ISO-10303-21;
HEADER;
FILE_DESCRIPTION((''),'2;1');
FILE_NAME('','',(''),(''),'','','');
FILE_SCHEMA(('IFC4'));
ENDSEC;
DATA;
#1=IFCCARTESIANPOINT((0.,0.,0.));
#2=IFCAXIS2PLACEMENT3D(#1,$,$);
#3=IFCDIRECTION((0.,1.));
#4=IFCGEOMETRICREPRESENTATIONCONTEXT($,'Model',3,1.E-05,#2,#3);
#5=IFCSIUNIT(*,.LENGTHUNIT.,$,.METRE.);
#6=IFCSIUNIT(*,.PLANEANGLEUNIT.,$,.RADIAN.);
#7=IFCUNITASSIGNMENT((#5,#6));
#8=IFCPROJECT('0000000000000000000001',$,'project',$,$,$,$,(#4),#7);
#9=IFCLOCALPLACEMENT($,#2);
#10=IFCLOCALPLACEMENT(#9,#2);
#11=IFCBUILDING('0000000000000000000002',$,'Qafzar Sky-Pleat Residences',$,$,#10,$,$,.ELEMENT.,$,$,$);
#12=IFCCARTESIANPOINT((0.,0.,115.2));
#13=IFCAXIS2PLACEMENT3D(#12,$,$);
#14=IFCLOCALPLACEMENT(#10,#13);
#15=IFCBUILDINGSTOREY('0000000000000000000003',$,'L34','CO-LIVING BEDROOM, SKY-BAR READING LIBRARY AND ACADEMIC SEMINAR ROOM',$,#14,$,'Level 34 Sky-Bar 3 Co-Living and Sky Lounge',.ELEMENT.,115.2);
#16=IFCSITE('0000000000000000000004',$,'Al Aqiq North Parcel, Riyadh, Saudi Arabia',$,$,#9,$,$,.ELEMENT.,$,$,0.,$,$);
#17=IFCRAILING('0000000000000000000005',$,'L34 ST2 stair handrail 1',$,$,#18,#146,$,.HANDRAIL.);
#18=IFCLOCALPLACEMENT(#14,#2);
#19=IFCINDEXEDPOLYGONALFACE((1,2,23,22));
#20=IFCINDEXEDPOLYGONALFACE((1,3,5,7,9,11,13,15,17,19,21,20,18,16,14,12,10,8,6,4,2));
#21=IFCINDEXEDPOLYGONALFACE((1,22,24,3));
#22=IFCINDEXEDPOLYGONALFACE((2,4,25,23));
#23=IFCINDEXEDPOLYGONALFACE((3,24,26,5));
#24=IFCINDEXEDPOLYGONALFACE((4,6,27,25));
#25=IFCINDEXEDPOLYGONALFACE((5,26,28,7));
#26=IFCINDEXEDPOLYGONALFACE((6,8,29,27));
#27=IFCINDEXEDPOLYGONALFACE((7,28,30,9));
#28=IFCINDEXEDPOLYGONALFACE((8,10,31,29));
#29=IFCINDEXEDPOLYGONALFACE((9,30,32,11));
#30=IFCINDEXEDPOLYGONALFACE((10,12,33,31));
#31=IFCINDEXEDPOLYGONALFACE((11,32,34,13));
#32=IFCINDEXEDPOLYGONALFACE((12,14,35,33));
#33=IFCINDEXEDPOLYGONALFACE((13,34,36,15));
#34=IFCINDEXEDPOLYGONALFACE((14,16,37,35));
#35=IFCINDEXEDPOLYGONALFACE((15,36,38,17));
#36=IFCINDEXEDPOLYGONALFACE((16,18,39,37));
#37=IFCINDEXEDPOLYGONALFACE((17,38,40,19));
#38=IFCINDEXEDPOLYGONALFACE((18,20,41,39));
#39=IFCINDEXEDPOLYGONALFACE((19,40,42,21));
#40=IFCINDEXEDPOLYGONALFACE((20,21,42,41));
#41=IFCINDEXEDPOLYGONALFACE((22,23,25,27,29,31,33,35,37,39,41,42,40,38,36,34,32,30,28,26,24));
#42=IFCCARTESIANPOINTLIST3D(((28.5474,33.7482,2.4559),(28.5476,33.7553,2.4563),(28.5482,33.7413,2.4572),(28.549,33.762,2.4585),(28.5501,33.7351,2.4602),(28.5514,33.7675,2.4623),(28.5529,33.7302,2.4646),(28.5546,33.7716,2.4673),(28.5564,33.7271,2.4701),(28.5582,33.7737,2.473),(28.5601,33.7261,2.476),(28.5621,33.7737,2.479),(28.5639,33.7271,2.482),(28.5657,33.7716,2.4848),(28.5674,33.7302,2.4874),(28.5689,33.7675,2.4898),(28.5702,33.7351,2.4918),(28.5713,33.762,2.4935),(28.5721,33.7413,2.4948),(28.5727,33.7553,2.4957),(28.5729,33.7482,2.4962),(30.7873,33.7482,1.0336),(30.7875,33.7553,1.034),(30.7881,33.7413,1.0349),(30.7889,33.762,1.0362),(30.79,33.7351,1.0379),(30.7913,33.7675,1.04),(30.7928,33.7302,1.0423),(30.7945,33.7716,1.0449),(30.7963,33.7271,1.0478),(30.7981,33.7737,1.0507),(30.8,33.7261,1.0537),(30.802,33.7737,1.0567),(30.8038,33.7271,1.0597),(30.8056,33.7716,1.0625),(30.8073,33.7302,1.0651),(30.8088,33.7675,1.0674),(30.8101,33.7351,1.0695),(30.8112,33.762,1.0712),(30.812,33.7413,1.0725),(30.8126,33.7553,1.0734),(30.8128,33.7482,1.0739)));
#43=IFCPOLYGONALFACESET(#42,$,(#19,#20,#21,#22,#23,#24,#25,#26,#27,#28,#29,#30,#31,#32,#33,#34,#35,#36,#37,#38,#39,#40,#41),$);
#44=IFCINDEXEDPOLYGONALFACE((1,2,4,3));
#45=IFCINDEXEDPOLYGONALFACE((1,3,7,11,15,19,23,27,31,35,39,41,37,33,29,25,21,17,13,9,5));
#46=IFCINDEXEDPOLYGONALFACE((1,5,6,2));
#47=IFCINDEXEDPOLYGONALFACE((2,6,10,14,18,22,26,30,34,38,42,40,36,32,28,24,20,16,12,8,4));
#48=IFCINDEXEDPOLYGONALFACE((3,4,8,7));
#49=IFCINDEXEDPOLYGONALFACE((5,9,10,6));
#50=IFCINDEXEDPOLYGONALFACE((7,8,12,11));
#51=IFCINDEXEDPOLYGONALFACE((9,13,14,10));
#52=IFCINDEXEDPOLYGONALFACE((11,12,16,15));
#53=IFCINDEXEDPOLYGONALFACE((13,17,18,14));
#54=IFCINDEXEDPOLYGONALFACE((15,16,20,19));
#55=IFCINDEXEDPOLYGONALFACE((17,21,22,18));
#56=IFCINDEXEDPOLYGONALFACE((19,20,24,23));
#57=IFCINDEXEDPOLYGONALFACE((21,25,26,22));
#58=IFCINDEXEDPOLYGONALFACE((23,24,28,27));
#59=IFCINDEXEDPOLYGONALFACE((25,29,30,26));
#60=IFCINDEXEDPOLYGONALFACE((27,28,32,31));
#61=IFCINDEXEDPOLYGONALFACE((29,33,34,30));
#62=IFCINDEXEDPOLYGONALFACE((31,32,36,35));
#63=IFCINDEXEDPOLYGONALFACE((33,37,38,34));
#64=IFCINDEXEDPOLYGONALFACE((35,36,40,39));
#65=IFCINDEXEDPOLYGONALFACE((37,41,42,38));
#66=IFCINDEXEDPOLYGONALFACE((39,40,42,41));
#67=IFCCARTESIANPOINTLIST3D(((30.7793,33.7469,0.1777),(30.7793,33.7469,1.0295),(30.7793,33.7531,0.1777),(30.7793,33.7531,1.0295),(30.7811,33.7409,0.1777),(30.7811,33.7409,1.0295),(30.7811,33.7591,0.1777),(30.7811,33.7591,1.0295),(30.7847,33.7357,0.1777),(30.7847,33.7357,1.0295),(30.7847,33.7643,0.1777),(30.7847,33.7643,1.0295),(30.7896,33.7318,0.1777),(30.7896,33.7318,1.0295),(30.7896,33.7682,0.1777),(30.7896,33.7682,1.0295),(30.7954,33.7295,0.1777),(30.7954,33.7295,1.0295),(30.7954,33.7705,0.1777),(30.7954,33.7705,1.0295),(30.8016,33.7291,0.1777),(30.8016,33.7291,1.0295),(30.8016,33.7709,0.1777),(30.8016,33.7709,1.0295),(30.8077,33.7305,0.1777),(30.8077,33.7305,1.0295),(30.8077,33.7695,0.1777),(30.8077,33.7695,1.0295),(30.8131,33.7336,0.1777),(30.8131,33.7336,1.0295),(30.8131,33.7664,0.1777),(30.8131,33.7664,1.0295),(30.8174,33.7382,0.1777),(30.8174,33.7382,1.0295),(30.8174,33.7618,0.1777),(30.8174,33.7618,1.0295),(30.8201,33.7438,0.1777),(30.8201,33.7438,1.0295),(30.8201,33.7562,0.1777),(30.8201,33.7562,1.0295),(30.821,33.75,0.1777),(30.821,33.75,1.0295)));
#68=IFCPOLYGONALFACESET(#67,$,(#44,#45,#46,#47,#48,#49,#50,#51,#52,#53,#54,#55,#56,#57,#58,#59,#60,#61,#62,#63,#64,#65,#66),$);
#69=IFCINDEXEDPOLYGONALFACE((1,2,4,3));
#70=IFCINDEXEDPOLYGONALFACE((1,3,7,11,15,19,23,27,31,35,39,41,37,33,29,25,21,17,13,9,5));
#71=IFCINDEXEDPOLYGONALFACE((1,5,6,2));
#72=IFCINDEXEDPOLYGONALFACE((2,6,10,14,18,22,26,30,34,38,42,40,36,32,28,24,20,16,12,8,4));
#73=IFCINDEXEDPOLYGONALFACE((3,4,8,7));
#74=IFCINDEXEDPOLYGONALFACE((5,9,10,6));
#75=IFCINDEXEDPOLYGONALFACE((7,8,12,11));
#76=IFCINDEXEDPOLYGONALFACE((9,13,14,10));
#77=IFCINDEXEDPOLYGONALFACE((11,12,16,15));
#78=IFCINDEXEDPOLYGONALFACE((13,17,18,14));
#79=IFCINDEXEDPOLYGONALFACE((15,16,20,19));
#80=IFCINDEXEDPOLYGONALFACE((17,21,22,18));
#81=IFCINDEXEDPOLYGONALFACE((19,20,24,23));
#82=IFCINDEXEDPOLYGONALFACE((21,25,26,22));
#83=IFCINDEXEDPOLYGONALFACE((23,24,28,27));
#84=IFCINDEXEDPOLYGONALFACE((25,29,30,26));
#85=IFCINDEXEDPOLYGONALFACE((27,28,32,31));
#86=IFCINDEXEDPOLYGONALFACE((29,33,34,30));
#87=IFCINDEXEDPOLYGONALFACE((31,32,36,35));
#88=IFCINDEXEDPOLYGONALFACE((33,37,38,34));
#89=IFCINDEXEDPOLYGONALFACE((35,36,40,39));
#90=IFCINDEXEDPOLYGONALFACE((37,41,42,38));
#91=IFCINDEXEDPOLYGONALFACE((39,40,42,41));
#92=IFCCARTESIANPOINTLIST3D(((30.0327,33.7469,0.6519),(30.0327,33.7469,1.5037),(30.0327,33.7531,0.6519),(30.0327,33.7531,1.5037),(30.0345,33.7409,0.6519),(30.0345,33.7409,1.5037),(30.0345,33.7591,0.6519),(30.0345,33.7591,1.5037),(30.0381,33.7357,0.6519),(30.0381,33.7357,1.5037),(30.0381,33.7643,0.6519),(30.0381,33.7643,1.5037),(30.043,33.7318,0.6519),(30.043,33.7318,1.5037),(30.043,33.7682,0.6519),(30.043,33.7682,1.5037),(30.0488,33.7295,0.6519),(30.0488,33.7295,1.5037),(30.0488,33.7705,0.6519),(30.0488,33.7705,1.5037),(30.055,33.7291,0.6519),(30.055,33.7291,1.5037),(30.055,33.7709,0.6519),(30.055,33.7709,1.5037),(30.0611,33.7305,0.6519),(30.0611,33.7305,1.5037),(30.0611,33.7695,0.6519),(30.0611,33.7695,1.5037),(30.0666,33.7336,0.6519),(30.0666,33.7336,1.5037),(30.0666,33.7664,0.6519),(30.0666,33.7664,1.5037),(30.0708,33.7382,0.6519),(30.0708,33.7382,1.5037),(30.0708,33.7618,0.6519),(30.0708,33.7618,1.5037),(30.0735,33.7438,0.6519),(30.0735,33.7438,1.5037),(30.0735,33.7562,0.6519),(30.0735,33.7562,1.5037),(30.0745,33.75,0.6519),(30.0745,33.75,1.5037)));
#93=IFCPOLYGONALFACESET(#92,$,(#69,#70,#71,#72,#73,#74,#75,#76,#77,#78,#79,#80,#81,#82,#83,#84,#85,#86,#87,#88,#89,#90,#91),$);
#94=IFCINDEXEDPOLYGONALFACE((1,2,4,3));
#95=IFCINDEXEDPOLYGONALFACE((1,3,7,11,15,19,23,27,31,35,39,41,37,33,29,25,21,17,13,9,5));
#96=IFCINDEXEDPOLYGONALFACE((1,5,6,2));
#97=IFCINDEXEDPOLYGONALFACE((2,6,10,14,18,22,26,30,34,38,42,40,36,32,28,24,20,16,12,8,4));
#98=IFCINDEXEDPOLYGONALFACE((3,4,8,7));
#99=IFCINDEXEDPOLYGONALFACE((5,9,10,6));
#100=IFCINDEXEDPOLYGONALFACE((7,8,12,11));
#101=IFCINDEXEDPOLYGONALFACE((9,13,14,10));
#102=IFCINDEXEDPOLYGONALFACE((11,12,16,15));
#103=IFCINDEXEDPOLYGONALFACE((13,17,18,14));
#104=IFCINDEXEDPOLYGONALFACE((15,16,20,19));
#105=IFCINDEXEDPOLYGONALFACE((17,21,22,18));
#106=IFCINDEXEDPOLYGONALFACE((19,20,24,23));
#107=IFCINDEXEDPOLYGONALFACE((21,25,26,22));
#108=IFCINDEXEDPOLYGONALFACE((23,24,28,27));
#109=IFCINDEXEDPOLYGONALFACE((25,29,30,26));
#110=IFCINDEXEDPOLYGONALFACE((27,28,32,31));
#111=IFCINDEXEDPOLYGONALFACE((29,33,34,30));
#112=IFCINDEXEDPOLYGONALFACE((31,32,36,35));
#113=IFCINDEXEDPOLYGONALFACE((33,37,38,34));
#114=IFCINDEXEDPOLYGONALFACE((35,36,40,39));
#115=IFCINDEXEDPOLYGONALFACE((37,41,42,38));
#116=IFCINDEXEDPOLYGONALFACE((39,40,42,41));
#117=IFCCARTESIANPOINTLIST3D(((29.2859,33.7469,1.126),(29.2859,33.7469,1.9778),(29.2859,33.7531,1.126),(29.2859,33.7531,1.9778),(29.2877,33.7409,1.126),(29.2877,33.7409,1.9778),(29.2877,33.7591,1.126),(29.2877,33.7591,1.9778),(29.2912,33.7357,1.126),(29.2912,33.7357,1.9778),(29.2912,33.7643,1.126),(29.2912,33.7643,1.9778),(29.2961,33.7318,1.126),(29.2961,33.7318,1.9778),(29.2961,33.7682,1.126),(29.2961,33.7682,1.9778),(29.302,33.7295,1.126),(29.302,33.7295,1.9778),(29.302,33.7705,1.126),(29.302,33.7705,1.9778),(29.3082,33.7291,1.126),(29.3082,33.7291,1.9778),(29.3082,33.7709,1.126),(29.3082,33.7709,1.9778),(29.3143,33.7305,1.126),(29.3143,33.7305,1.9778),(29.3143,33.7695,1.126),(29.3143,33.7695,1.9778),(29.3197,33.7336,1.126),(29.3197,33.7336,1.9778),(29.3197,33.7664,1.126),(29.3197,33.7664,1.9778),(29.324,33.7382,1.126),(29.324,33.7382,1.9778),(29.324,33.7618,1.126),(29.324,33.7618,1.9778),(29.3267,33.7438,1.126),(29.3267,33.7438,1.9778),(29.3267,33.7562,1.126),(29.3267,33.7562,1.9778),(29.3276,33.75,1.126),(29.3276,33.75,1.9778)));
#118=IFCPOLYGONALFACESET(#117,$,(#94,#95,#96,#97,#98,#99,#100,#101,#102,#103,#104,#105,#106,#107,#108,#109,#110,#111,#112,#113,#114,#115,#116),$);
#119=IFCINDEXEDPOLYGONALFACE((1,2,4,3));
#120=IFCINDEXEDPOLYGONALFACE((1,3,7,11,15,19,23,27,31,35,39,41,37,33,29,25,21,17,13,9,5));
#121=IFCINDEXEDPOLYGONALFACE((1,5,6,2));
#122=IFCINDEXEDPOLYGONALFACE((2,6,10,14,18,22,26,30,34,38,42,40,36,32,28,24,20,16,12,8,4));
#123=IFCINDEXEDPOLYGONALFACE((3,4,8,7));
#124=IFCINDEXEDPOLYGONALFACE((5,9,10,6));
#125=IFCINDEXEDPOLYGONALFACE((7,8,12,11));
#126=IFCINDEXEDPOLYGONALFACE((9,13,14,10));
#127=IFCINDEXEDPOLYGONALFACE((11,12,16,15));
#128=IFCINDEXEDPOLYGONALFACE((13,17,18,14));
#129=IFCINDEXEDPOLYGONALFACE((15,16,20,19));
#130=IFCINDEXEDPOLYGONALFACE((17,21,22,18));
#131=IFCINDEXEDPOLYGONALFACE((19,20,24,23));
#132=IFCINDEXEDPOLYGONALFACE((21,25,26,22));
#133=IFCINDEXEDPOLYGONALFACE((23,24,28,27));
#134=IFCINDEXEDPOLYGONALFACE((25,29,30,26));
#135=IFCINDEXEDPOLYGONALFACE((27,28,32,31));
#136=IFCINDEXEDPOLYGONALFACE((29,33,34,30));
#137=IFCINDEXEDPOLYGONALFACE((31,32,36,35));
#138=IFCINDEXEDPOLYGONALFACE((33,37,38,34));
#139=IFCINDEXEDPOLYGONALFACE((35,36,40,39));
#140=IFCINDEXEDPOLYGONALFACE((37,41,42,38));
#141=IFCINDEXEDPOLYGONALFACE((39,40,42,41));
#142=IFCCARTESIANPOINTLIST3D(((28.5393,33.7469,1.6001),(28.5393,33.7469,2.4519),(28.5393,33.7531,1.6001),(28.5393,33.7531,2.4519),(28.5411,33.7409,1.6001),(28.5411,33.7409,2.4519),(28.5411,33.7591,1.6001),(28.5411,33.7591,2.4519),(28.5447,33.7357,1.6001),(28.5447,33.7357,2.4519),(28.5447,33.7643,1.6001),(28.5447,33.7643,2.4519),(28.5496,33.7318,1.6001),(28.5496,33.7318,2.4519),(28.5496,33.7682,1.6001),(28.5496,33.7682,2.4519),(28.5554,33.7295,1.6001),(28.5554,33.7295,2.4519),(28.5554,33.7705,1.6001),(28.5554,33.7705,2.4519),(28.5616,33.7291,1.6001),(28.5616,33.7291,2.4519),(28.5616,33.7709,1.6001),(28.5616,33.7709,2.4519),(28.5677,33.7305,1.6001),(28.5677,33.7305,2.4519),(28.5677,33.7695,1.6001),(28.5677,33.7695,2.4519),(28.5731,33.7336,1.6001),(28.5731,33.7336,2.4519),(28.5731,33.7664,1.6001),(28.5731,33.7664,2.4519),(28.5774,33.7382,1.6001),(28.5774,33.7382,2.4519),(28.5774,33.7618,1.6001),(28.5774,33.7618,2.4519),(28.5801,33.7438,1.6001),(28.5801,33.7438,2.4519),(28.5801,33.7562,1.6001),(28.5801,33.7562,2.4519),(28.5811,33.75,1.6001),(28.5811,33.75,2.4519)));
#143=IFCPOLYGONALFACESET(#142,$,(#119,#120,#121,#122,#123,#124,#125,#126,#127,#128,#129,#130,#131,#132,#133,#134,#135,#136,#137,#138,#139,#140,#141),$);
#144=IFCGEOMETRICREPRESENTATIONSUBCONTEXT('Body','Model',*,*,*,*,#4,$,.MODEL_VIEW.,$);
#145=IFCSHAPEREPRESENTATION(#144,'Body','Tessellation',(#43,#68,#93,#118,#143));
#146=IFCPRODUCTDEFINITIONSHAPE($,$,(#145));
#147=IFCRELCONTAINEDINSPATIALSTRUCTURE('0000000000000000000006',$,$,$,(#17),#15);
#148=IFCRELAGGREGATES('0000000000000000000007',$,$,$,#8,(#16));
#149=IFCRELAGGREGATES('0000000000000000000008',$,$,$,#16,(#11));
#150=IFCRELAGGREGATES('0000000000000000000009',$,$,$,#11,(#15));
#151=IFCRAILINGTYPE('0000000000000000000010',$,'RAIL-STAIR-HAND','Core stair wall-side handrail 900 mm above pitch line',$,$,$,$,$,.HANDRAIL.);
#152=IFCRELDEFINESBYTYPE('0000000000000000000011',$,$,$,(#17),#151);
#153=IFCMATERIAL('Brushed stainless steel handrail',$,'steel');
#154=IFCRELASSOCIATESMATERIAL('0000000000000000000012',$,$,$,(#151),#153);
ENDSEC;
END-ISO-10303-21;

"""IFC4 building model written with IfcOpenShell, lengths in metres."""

from ifc_helpers import new_model, si_unit, direction, frame, origin, origin_2d, place, context, subcontext, project, spatial, circle, extrude, source, transform, mapped, material, type_object, element, save


model = new_model("IFC4")

# Units and contexts
model_context = context("Model", 3, precision=1e-05, world=origin(), true_north=direction((0.0, 1.0)))
body_context = subcontext(model_context, "Body", "Model", "MODEL_VIEW")
ifc_project = project(units=[si_unit("LENGTHUNIT", "METRE"), si_unit("PLANEANGLEUNIT", "RADIAN")], contexts=[model_context])

# Site, building, storey
site_placement = place(None, origin())
site = spatial("IfcSite", under=ifc_project, at=site_placement, Name="Al Aqiq North Parcel, Riyadh, Saudi Arabia", CompositionType="ELEMENT", RefElevation=0.0)
building_placement = place(site_placement, origin())
building = spatial("IfcBuilding", under=site, at=building_placement, Name="Qafzar Sky-Pleat Residences", CompositionType="ELEMENT")
storey_placement = place(building_placement, frame((0.0, 0.0, 115.2)))
storey = spatial("IfcBuildingStorey", under=building, at=storey_placement, Name="L34", Description="CO-LIVING BEDROOM, SKY-BAR READING LIBRARY AND ACADEMIC SEMINAR ROOM", LongName="Level 34 Sky-Bar 3 Co-Living and Sky Lounge", CompositionType="ELEMENT", Elevation=115.2)

# Railing
ifc_material_1 = material(Name="Brushed stainless steel handrail", Category="steel")
railing_type_1 = type_object("IfcRailingType", Name="RAIL-STAIR-HAND", Description="Core stair wall-side handrail 900 mm above pitch line", PredefinedType="HANDRAIL", material=ifc_material_1)
shared_shape_1 = source(origin(), body_context, "Body", "SweptSolid", [
    extrude(circle(Radius=0.0239, at=origin_2d()), frame((0.0, 0.0, 0.876), z_axis=(-0.844188, 0.0, 0.536048), x_axis=(0.0, -1.0, 0.0)), (0.0, 0.0, 1.0), 2.6533),
    extrude(circle(Radius=0.021, at=origin_2d()), origin(), (0.0, 0.0, 1.0), 0.8518),
    extrude(circle(Radius=0.021, at=origin_2d()), frame((-0.7466, 0.0, 0.4741)), (0.0, 0.0, 1.0), 0.8518),
    extrude(circle(Radius=0.021, at=origin_2d()), frame((-1.4934, 0.0, 0.9482)), (0.0, 0.0, 1.0), 0.8518),
    extrude(circle(Radius=0.021, at=origin_2d()), frame((-2.24, 0.0, 1.4224)), (0.0, 0.0, 1.0), 0.8518),
])
railing_1_placement = place(storey_placement, frame((30.8, 33.75, 0.1777)))
element("IfcRailing", 1, at=railing_1_placement, inside=storey, type_object=railing_type_1, Name="L34 ST2 stair handrail 1", PredefinedType="HANDRAIL", context=body_context, shape_type="MappedRepresentation", body=[
    mapped(shared_shape_1, transform((0.0, 0.0, 0.0), x_axis=(1.0, 0.0, 0.0), y_axis=(0.0, 1.0, 0.0), z_axis=(0.0, 0.0, 1.0), scale=1.0)),
])

save(model, "model.ifc")
